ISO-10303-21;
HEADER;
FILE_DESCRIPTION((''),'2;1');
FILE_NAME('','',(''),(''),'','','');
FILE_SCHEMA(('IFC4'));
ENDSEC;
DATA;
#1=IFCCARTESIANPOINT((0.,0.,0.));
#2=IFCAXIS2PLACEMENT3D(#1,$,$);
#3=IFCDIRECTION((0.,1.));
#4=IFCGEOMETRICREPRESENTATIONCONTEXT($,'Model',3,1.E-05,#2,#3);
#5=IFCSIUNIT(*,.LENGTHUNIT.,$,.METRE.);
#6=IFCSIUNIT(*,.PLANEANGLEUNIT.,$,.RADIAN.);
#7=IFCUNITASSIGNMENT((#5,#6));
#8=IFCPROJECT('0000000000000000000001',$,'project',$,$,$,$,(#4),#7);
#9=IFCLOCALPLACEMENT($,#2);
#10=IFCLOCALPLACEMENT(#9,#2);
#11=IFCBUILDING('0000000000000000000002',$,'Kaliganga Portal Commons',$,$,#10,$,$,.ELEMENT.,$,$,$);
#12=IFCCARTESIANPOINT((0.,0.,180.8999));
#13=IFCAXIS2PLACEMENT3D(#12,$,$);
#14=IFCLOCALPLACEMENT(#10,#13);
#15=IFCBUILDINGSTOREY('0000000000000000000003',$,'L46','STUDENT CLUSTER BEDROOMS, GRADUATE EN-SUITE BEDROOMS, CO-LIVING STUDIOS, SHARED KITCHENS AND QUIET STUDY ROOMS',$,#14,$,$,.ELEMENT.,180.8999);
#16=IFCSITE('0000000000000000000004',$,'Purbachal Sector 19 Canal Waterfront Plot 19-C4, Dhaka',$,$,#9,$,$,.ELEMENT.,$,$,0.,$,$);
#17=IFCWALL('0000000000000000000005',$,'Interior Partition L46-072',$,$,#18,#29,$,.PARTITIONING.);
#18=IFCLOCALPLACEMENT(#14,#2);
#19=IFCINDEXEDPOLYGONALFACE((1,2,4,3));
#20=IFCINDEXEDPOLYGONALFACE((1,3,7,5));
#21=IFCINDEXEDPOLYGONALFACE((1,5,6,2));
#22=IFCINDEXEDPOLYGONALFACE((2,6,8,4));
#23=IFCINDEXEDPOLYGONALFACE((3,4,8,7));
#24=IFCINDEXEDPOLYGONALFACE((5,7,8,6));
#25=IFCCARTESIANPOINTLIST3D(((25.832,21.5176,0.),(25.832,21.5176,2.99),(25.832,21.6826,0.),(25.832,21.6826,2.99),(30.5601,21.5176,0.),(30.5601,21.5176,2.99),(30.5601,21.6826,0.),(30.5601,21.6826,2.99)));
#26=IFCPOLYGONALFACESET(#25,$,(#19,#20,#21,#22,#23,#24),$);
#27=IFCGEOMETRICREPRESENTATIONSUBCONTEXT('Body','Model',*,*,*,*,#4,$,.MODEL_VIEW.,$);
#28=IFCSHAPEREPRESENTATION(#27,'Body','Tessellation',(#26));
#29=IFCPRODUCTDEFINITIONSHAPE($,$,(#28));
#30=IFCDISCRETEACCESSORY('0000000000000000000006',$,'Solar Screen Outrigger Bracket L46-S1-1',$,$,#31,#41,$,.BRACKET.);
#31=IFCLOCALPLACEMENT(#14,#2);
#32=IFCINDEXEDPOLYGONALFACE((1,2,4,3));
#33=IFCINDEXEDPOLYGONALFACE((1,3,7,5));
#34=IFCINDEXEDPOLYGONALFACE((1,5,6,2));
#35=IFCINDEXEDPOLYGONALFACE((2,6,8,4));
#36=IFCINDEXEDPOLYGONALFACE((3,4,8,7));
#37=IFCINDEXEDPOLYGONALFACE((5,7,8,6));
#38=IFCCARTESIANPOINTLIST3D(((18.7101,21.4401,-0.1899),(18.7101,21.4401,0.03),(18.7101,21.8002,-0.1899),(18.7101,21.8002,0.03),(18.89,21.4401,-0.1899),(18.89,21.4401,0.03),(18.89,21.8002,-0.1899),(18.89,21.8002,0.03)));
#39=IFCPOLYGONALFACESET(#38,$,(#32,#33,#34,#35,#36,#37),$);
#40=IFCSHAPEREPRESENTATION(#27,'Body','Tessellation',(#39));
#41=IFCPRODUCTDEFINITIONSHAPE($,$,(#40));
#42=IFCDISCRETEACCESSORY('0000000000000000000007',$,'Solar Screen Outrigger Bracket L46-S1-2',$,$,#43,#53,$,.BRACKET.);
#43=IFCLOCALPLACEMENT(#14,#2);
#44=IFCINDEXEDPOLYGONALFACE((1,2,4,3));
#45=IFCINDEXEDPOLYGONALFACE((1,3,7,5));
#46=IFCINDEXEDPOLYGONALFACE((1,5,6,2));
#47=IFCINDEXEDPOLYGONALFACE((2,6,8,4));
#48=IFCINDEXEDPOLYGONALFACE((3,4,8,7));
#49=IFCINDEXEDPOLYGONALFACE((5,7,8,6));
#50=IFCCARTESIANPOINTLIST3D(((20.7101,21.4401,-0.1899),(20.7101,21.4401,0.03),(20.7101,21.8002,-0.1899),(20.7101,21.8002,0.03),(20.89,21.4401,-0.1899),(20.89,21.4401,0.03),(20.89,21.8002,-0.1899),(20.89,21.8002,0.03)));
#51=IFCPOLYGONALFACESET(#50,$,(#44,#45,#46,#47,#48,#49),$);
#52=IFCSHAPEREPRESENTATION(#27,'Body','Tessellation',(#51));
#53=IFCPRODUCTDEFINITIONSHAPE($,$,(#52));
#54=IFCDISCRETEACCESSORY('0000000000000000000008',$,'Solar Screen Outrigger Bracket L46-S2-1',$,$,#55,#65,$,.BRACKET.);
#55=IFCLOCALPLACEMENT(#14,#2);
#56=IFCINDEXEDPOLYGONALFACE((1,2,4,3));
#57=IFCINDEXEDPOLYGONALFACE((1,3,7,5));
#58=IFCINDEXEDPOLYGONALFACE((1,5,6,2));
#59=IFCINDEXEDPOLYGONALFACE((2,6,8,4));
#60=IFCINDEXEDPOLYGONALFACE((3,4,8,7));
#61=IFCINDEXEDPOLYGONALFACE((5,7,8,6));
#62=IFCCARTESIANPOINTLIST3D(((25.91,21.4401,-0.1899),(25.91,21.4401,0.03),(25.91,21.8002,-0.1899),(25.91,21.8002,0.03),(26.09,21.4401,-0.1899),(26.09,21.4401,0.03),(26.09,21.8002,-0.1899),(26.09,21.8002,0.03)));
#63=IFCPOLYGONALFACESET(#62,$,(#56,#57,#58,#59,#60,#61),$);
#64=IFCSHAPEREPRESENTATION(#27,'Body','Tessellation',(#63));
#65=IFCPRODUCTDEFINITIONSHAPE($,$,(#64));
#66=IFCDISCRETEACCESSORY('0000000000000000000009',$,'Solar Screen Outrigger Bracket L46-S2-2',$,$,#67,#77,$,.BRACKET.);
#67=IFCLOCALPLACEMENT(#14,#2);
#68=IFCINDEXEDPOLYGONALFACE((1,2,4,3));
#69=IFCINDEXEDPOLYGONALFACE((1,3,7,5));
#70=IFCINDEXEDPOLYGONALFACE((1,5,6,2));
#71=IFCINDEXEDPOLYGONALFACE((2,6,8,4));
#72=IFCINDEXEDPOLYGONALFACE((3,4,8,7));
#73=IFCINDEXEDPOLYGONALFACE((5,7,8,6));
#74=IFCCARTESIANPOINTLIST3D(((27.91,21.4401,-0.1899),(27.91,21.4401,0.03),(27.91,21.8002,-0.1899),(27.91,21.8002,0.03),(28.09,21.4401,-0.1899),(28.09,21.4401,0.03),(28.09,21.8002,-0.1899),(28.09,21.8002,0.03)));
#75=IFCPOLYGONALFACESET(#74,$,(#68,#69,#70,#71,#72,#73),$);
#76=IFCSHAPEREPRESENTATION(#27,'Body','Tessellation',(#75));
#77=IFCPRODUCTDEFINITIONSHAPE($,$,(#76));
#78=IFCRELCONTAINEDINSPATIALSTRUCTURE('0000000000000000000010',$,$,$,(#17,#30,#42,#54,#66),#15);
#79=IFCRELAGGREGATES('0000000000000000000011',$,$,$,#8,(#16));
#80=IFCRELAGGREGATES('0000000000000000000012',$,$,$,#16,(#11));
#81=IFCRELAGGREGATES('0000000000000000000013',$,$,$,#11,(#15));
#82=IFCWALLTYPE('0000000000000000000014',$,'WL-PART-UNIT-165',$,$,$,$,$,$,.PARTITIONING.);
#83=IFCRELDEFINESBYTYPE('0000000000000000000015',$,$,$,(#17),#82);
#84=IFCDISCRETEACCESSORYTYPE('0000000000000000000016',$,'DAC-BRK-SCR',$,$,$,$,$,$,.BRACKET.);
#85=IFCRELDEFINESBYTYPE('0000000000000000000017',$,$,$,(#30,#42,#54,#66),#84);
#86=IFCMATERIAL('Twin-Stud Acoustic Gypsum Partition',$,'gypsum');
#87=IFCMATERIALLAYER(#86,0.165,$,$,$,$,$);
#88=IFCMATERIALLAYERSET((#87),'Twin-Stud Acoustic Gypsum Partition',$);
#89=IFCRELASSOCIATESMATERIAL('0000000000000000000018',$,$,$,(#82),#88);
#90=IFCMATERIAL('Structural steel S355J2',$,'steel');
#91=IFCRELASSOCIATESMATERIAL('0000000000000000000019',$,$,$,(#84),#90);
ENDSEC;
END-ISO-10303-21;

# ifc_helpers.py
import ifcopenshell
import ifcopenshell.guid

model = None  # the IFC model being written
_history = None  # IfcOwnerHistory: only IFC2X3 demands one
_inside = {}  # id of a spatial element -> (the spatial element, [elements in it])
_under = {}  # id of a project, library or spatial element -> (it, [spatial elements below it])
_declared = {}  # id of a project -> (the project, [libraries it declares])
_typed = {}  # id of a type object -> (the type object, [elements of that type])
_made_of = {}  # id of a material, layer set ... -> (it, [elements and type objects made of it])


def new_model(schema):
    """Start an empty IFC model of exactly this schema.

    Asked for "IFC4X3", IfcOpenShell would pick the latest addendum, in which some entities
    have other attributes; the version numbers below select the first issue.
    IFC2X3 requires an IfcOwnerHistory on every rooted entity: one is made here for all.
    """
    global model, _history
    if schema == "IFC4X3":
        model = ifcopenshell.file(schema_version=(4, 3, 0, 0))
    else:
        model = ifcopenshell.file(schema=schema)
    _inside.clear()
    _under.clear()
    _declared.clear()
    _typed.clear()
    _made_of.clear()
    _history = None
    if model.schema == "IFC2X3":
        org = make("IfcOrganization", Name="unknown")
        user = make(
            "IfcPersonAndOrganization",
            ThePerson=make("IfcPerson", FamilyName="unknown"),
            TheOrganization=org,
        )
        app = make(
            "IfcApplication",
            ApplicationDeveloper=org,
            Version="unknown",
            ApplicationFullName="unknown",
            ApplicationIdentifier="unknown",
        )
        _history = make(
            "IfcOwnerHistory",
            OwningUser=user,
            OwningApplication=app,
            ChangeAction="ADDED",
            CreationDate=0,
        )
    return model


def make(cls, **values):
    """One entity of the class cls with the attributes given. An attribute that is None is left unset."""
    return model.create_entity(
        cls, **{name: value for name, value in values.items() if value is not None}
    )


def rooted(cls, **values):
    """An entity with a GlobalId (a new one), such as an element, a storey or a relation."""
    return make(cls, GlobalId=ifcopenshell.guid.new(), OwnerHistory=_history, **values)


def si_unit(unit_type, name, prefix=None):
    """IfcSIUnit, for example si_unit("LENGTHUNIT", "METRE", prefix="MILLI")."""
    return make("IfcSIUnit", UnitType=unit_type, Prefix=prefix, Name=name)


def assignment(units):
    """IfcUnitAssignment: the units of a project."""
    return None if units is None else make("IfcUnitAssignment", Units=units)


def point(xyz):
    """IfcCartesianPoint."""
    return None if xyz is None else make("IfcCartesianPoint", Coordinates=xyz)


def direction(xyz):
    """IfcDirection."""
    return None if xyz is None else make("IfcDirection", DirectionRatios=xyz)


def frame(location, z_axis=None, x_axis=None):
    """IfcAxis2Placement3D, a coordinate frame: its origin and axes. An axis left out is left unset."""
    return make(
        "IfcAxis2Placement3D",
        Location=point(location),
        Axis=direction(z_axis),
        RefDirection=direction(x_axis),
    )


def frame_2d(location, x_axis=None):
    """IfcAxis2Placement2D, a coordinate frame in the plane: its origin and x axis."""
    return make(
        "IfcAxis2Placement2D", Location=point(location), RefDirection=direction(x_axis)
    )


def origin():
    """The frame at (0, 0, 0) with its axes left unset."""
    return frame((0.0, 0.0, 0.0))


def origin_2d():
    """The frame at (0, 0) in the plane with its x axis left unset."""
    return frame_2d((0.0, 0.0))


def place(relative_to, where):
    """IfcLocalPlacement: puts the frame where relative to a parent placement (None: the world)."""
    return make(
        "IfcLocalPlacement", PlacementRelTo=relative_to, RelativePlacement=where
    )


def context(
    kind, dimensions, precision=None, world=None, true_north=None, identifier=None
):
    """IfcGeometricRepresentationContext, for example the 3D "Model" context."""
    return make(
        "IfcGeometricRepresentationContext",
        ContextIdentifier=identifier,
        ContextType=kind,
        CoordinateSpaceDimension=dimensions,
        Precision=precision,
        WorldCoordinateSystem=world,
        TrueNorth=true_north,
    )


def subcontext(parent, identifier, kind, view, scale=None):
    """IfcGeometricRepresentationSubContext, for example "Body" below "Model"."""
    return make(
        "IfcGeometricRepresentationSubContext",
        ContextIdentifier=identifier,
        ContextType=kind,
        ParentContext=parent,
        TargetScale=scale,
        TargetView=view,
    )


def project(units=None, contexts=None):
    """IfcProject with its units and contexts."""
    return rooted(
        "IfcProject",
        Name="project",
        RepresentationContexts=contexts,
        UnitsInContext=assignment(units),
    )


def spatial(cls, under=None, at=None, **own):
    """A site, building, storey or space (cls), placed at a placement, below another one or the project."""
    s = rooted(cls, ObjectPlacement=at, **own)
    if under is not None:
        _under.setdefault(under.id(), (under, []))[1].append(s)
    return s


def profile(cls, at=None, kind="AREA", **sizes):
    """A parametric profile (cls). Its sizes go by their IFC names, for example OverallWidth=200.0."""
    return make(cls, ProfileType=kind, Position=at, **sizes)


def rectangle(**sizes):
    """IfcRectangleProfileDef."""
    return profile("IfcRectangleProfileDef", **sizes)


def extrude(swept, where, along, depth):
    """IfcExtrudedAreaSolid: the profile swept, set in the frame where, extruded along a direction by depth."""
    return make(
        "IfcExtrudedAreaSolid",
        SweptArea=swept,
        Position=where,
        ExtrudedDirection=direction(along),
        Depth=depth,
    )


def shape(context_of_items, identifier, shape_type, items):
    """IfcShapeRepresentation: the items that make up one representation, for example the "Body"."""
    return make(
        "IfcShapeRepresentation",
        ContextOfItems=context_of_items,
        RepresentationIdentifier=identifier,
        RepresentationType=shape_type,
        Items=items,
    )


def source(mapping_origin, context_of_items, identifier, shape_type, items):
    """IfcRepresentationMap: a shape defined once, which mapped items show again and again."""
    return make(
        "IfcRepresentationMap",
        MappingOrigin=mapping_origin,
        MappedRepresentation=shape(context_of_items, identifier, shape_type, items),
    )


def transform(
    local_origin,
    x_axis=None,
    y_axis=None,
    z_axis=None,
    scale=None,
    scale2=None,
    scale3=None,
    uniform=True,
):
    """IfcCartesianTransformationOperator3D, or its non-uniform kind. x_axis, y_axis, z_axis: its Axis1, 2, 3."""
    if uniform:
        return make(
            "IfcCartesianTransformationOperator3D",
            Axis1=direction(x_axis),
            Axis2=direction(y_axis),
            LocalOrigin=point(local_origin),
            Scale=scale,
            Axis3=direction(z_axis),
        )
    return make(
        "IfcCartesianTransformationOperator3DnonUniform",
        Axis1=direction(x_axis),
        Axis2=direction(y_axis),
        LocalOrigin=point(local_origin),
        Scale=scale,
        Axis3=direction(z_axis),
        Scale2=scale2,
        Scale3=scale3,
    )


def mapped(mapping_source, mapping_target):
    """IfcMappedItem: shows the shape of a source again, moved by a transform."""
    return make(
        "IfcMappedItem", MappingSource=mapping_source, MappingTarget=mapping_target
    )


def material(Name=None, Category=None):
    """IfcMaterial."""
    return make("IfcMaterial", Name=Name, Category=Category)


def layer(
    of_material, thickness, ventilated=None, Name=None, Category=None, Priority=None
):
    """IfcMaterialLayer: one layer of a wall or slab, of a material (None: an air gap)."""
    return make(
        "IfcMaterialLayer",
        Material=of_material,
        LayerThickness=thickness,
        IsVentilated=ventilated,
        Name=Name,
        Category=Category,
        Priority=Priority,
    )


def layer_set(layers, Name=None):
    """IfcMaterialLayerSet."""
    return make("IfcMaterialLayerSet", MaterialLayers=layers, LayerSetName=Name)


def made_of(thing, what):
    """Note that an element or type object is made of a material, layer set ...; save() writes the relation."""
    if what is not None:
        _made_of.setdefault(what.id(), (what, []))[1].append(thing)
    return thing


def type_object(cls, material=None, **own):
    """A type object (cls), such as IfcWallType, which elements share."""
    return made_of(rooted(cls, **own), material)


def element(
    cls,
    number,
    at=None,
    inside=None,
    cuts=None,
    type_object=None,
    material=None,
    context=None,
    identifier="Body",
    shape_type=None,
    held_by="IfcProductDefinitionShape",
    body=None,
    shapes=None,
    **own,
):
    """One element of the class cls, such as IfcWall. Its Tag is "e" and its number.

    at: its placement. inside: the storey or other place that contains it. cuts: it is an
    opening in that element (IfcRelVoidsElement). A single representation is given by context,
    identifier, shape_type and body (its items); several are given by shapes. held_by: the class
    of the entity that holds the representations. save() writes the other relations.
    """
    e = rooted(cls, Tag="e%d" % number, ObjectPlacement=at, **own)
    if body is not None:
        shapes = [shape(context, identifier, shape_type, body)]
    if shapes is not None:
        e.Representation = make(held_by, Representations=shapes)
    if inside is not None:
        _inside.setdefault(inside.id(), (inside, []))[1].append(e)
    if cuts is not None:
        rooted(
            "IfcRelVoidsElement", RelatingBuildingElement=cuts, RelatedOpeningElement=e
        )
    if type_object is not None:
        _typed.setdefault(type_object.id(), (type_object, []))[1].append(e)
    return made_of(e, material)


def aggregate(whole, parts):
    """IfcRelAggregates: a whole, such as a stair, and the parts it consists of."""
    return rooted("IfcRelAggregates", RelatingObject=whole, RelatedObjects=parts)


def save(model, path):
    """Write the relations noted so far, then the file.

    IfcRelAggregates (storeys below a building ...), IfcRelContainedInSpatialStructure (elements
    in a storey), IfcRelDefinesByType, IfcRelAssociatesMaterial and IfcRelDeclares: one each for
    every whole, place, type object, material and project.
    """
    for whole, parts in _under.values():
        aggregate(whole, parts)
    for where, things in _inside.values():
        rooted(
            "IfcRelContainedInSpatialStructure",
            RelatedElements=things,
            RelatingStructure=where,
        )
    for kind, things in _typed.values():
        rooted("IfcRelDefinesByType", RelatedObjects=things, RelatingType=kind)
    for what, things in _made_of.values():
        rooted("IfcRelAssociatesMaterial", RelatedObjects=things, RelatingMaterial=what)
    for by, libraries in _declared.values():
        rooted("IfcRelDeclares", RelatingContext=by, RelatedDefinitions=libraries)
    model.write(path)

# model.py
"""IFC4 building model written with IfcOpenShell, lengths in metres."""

from ifc_helpers import new_model, si_unit, direction, frame, frame_2d, origin, origin_2d, place, context, subcontext, project, spatial, rectangle, extrude, source, transform, mapped, material, layer, layer_set, type_object, element, save


model = new_model("IFC4")

# Units and contexts
model_context = context("Model", 3, precision=1e-05, world=origin(), true_north=direction((0.0, 1.0)))
body_context = subcontext(model_context, "Body", "Model", "MODEL_VIEW")
ifc_project = project(units=[si_unit("LENGTHUNIT", "METRE"), si_unit("PLANEANGLEUNIT", "RADIAN")], contexts=[model_context])

# Site, building, storey
site_placement = place(None, origin())
site = spatial("IfcSite", under=ifc_project, at=site_placement, Name="Purbachal Sector 19 Canal Waterfront Plot 19-C4, Dhaka", CompositionType="ELEMENT", RefElevation=0.0)
building_placement = place(site_placement, origin())
building = spatial("IfcBuilding", under=site, at=building_placement, Name="Kaliganga Portal Commons", CompositionType="ELEMENT")
storey_placement = place(building_placement, frame((0.0, 0.0, 180.8999)))
storey = spatial("IfcBuildingStorey", under=building, at=storey_placement, Name="L46", Description="STUDENT CLUSTER BEDROOMS, GRADUATE EN-SUITE BEDROOMS, CO-LIVING STUDIOS, SHARED KITCHENS AND QUIET STUDY ROOMS", CompositionType="ELEMENT", Elevation=180.8999)

# Shared definitions
ifc_material_1 = material(Name="Structural steel S355J2", Category="steel")

# Wall
ifc_material_2 = material(Name="Twin-Stud Acoustic Gypsum Partition", Category="gypsum")
ifc_layer_1 = layer(ifc_material_2, 0.165)
ifc_layer_set_1 = layer_set([ifc_layer_1], Name="Twin-Stud Acoustic Gypsum Partition")
wall_type_1 = type_object("IfcWallType", Name="WL-PART-UNIT-165", PredefinedType="PARTITIONING", material=ifc_layer_set_1)
wall_1_placement = place(storey_placement, frame((25.832, 21.6001, 0.0), z_axis=(0.0, 0.0, 1.0), x_axis=(1.0, 0.0, 0.0)))
element("IfcWall", 1, at=wall_1_placement, inside=storey, type_object=wall_type_1, Name="Interior Partition L46-072", PredefinedType="PARTITIONING", context=body_context, shape_type="SweptSolid", body=[
    extrude(rectangle(XDim=4.728, YDim=0.165, at=frame_2d((2.364, 0.0))), origin(), (0.0, 0.0, 1.0), 2.99),
])

# Discrete accessories
discrete_accessory_type = type_object("IfcDiscreteAccessoryType", Name="DAC-BRK-SCR", PredefinedType="BRACKET", material=ifc_material_1)
shared_shape_1 = source(origin(), body_context, "Body", "SweptSolid", [
    extrude(rectangle(XDim=0.1799, YDim=0.3601, at=origin_2d()), origin(), (0.0, 0.0, 1.0), 0.22),
])
for number, where, z_axis, x_axis, name in (
    (2, (18.8, 21.6201, -0.1899), (0.0, 0.0, 1.0), (1.0, 0.0, 0.0), "Solar Screen Outrigger Bracket L46-S1-1"),
    (3, (20.8, 21.6201, -0.1899), (0.0, 0.0, 1.0), (1.0, 0.0, 0.0), "Solar Screen Outrigger Bracket L46-S1-2"),
    (4, (26.0, 21.6201, -0.1899), (0.0, 0.0, 1.0), (1.0, 0.0, 0.0), "Solar Screen Outrigger Bracket L46-S2-1"),
    (5, (28.0, 21.6201, -0.1899), (0.0, 0.0, 1.0), (1.0, 0.0, 0.0), "Solar Screen Outrigger Bracket L46-S2-2"),
):
    element("IfcDiscreteAccessory", number, at=place(storey_placement, frame(where, z_axis=z_axis, x_axis=x_axis)), inside=storey, type_object=discrete_accessory_type, Name=name, PredefinedType="BRACKET", context=body_context, shape_type="MappedRepresentation", body=[
        mapped(shared_shape_1, transform((0.0, 0.0, 0.0), x_axis=(1.0, 0.0, 0.0), y_axis=(0.0, 1.0, 0.0), z_axis=(0.0, 0.0, 1.0), scale=1.0)),
    ])

save(model, "model.ifc")
